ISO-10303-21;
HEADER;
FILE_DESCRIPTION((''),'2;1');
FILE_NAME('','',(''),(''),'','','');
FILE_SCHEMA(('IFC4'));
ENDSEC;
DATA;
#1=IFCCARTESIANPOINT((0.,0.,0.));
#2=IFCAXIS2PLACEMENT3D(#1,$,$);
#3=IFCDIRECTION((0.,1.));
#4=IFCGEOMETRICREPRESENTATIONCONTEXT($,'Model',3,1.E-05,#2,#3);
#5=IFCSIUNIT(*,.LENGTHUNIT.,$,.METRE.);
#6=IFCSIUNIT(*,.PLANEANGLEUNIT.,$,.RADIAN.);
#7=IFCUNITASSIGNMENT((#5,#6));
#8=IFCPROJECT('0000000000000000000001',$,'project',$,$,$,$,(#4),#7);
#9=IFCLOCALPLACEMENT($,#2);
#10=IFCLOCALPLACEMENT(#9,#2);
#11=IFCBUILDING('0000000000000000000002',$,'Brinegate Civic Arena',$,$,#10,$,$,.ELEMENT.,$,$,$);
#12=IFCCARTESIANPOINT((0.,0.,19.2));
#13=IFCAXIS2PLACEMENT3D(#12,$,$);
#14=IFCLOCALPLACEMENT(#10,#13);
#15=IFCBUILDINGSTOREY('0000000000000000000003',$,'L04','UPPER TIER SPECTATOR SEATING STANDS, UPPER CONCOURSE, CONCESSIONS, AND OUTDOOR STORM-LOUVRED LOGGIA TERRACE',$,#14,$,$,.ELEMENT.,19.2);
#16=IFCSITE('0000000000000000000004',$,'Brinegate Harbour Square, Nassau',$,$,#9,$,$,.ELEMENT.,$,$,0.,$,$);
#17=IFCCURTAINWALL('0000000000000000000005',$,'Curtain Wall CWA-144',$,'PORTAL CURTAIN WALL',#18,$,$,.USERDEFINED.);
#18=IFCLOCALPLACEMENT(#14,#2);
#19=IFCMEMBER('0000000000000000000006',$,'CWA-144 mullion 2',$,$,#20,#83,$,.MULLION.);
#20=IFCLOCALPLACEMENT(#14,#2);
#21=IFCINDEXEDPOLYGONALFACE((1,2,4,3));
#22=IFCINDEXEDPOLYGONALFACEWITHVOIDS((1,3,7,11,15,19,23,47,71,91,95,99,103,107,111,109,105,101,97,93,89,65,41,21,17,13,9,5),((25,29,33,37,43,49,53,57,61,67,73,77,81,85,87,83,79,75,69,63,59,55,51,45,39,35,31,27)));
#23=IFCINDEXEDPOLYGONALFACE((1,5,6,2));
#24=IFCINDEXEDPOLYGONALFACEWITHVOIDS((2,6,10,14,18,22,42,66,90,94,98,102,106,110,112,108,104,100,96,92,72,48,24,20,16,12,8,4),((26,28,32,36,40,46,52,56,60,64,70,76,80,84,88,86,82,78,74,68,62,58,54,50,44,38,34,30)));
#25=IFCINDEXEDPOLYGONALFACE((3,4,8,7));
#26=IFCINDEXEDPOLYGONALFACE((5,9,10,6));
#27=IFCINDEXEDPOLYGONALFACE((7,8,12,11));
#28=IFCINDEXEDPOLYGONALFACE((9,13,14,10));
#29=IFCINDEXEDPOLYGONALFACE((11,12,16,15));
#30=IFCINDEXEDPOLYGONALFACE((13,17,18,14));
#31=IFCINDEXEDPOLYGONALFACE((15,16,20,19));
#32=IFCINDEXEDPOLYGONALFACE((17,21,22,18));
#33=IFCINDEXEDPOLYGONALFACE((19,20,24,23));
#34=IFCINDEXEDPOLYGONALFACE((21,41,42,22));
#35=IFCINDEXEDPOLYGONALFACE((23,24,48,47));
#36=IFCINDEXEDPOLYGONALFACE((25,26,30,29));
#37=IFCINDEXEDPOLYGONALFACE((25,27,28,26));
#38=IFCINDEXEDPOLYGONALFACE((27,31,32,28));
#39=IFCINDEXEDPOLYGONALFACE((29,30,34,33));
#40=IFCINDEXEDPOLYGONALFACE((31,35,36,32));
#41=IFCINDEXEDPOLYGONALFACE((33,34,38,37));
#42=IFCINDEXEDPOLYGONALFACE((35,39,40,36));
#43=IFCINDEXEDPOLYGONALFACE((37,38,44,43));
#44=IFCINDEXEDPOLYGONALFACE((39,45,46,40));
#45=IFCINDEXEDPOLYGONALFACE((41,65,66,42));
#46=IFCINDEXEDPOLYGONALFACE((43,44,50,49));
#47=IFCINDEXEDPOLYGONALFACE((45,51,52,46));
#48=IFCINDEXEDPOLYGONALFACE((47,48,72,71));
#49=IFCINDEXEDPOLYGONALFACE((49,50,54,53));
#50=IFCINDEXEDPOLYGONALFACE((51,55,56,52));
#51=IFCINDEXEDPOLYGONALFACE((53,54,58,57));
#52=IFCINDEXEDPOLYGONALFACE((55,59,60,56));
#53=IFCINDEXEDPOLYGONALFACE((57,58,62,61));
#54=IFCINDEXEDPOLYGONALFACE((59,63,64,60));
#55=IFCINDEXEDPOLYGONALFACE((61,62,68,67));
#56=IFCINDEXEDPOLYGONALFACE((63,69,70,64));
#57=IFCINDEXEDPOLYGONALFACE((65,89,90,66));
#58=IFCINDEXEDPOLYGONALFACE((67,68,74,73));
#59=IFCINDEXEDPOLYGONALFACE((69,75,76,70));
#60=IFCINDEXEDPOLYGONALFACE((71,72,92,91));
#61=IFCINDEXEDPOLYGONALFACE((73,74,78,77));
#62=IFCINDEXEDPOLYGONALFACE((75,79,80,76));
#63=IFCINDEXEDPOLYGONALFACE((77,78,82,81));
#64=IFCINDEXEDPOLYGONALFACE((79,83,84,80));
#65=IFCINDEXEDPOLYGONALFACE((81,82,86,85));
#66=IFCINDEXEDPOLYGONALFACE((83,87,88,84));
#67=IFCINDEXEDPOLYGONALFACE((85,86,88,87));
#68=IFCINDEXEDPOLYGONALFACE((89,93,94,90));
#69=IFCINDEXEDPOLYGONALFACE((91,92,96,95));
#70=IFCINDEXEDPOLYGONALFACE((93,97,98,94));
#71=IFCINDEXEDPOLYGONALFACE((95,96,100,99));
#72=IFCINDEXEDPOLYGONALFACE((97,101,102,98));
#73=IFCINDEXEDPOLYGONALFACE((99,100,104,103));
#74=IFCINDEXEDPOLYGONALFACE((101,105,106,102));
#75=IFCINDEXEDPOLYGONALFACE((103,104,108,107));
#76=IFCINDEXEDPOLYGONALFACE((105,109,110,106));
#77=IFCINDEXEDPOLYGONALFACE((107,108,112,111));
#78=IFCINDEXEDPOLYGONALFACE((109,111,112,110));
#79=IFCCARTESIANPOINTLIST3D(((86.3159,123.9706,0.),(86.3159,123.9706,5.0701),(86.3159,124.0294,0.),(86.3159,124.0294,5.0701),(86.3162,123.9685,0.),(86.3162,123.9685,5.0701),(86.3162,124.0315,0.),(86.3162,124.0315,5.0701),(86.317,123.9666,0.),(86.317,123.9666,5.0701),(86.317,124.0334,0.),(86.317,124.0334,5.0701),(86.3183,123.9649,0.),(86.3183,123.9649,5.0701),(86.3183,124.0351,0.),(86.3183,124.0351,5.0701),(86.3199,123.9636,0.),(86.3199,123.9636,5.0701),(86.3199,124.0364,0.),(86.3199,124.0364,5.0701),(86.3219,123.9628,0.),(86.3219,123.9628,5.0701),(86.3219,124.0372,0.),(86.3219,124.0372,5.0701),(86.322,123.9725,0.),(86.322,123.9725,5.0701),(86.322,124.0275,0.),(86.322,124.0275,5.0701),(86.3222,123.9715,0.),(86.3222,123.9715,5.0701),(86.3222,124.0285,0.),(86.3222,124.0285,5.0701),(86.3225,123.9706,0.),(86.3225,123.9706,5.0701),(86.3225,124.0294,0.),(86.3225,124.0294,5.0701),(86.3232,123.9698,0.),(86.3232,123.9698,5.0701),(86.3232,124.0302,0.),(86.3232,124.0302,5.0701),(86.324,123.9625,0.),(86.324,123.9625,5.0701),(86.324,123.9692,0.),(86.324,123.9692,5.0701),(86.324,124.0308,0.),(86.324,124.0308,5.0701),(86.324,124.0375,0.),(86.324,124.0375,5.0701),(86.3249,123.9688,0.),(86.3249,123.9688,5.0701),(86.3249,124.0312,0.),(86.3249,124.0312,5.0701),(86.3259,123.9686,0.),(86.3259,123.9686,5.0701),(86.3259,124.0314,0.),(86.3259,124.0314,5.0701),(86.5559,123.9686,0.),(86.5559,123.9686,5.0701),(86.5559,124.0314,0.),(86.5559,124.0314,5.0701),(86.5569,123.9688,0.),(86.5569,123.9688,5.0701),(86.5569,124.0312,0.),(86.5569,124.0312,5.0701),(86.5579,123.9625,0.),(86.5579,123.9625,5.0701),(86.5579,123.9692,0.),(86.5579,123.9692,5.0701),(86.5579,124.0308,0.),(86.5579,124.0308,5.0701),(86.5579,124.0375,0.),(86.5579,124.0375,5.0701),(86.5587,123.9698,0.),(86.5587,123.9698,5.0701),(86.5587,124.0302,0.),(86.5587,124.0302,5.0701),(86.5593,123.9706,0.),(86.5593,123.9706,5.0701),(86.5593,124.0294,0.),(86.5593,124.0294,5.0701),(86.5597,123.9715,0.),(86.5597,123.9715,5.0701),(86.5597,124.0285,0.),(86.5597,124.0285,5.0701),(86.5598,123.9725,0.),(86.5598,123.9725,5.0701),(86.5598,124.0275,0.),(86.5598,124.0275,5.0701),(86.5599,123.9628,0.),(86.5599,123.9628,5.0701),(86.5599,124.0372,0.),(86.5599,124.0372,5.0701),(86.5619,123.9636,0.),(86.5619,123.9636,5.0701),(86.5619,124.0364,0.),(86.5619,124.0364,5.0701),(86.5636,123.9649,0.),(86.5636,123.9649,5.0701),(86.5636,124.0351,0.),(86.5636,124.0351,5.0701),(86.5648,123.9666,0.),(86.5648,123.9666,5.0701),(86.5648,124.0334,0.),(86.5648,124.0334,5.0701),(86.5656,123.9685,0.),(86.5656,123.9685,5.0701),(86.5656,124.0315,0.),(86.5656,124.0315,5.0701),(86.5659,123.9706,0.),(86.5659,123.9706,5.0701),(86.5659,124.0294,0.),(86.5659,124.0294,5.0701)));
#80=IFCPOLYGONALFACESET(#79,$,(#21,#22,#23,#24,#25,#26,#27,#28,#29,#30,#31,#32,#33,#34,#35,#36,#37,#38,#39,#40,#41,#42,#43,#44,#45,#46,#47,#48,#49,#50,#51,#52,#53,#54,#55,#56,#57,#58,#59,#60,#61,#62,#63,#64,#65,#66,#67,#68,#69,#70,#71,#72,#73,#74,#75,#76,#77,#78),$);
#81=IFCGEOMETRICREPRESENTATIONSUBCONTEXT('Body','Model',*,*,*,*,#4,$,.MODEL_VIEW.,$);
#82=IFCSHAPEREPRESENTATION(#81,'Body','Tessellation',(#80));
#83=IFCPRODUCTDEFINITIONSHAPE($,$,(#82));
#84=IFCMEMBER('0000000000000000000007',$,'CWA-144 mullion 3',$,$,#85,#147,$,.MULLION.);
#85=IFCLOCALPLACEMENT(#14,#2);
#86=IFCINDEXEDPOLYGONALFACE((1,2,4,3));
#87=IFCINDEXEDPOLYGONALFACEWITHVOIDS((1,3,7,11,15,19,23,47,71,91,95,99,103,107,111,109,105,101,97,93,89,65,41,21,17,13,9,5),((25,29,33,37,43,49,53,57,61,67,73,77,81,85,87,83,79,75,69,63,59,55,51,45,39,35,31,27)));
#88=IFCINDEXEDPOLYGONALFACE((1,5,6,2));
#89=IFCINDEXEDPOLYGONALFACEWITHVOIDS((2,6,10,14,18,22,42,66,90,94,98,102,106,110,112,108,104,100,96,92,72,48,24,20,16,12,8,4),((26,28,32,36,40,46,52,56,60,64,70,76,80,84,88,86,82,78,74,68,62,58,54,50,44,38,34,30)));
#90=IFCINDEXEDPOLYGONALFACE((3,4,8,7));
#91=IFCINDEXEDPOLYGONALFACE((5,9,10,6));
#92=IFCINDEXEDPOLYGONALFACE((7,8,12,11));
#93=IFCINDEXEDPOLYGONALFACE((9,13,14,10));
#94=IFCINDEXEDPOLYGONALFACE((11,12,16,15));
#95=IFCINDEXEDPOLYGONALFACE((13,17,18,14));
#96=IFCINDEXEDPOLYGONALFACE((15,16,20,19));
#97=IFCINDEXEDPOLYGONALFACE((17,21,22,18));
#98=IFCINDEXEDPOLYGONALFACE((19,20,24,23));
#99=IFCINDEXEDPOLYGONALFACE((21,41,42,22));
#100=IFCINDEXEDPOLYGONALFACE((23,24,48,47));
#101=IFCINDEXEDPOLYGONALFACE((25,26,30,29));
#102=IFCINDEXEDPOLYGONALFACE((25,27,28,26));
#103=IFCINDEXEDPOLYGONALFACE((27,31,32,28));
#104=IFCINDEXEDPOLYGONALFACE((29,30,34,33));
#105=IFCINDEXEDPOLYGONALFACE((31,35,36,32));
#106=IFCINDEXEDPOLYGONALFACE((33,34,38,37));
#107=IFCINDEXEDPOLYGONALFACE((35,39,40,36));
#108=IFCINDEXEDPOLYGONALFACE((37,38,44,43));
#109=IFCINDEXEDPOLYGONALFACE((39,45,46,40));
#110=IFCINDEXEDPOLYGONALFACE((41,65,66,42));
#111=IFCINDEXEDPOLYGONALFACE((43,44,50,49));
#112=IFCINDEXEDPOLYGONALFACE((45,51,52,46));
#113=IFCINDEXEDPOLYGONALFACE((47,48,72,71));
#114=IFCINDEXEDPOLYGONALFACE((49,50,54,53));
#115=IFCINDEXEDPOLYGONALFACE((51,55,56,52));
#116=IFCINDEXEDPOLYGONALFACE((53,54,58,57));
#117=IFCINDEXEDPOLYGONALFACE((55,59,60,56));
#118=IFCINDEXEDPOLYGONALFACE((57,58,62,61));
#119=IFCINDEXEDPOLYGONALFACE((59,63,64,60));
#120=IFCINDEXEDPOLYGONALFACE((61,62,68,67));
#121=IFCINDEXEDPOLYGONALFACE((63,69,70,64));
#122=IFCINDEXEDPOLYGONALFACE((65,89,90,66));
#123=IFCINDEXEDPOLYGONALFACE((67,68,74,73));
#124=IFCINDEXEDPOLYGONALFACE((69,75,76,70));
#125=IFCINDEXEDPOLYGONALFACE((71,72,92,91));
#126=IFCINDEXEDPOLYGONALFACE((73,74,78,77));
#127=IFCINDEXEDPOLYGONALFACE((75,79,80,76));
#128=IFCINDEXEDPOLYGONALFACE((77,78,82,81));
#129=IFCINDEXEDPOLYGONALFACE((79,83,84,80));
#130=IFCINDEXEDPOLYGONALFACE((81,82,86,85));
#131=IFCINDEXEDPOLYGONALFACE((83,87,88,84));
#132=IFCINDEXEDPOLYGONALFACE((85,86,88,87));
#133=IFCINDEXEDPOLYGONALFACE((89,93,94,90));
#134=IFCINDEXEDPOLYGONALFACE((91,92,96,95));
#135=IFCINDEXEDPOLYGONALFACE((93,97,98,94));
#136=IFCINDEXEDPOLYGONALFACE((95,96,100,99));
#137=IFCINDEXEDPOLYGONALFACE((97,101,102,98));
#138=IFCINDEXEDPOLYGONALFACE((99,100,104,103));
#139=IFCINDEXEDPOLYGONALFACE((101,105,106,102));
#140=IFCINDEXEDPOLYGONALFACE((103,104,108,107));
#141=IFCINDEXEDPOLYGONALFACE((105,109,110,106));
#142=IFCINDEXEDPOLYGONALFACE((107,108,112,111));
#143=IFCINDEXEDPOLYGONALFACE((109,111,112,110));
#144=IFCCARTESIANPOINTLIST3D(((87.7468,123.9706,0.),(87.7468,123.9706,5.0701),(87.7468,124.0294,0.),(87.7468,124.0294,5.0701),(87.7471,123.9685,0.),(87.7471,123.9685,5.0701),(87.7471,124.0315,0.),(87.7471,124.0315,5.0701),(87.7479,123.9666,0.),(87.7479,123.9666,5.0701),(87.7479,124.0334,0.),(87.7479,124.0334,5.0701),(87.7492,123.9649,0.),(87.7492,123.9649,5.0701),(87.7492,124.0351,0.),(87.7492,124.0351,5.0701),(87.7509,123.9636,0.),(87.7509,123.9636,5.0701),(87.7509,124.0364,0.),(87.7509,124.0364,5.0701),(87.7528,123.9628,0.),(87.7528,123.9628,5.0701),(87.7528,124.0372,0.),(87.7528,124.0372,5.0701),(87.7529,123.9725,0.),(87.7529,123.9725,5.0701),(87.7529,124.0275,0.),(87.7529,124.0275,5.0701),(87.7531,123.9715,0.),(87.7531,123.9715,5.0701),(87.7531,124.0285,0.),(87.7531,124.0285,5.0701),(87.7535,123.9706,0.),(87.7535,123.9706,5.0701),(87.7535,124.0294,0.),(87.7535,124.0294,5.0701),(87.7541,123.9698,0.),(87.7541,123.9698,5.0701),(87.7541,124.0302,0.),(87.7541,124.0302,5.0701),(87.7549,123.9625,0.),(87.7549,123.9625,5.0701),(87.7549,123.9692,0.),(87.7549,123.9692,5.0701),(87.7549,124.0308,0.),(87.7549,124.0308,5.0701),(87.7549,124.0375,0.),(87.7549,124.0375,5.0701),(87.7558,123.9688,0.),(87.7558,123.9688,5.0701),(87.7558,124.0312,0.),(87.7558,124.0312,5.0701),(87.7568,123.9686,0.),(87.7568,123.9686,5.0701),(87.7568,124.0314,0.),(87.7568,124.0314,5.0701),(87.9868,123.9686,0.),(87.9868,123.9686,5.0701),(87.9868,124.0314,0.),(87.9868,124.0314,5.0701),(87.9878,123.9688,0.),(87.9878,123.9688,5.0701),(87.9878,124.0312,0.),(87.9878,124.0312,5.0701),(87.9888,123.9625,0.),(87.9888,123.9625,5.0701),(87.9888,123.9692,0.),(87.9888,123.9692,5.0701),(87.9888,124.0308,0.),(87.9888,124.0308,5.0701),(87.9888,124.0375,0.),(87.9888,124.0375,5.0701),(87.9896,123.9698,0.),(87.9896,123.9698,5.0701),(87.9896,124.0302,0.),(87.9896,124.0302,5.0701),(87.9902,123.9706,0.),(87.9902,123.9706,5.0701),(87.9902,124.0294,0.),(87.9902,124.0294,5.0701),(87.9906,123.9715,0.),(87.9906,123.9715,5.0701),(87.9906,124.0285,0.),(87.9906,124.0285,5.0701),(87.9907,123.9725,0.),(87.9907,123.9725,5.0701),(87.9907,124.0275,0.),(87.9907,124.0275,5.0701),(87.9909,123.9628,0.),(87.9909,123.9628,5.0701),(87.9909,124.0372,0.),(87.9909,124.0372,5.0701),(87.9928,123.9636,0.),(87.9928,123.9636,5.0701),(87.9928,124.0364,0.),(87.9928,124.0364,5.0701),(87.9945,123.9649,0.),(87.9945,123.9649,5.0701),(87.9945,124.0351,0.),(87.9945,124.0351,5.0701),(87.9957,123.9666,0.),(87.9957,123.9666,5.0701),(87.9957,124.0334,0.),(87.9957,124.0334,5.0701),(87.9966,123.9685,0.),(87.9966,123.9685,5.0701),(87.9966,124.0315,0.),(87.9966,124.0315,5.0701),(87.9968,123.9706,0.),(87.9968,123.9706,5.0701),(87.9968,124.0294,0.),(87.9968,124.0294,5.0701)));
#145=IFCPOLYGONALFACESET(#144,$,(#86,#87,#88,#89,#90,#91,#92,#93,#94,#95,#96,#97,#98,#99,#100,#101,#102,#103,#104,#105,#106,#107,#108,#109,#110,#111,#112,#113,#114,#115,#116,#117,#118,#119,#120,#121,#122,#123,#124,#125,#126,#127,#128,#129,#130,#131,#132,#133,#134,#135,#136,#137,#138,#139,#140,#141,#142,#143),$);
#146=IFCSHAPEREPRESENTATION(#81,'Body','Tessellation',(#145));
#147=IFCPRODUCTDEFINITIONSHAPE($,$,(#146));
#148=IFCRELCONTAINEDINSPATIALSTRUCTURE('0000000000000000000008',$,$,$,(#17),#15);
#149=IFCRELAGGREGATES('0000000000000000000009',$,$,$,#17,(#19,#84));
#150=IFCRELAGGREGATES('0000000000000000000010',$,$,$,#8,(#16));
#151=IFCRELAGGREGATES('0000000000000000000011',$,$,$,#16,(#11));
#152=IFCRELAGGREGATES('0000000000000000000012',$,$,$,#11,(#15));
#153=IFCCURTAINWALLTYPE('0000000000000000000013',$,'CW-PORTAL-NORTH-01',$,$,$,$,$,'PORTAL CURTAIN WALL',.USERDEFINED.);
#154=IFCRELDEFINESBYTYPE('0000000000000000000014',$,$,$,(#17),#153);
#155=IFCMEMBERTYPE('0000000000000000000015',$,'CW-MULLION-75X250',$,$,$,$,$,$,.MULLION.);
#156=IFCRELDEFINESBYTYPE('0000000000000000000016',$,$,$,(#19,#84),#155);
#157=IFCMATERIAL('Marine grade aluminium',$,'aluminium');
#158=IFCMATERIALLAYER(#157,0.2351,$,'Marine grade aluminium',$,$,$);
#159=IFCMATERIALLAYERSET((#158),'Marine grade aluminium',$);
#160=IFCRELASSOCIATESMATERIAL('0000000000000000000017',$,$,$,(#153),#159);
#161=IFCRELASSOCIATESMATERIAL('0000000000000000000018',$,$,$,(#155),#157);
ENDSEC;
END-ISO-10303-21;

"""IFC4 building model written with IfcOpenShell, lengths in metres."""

from ifc_helpers import new_model, si_unit, direction, frame, origin, origin_2d, place, context, subcontext, project, spatial, hollow_rectangle, extrude, material, layer, layer_set, material_profile, profile_set, type_object, element, aggregate, save


model = new_model("IFC4")

# Units and contexts
model_context = context("Model", 3, precision=1e-05, world=origin(), true_north=direction((0.0, 1.0)))
body_context = subcontext(model_context, "Body", "Model", "MODEL_VIEW")
ifc_project = project(units=[si_unit("LENGTHUNIT", "METRE"), si_unit("PLANEANGLEUNIT", "RADIAN")], contexts=[model_context])

# Site, building, storey
site_placement = place(None, origin())
site = spatial("IfcSite", under=ifc_project, at=site_placement, Name="Brinegate Harbour Square, Nassau", CompositionType="ELEMENT", RefElevation=0.0)
building_placement = place(site_placement, origin())
building = spatial("IfcBuilding", under=site, at=building_placement, Name="Brinegate Civic Arena", CompositionType="ELEMENT")
storey_placement = place(building_placement, frame((0.0, 0.0, 19.2)))
storey = spatial("IfcBuildingStorey", under=building, at=storey_placement, Name="L04", Description="UPPER TIER SPECTATOR SEATING STANDS, UPPER CONCOURSE, CONCESSIONS, AND OUTDOOR STORM-LOUVRED LOGGIA TERRACE", CompositionType="ELEMENT", Elevation=19.2)

# Curtain wall, members
ifc_material_1 = material(Name="Marine grade aluminium", Category="aluminium")
ifc_layer_1 = layer(ifc_material_1, 0.2351, Name="Marine grade aluminium")
ifc_layer_set_1 = layer_set([ifc_layer_1], Name="Marine grade aluminium")
curtain_wall_type = type_object("IfcCurtainWallType", Name="CW-PORTAL-NORTH-01", ElementType="PORTAL CURTAIN WALL", PredefinedType="USERDEFINED", material=ifc_layer_set_1)
curtain_wall_placement = place(storey_placement, origin())
curtain_wall = element("IfcCurtainWall", 1, at=curtain_wall_placement, inside=storey, type_object=curtain_wall_type, Name="Curtain Wall CWA-144", ObjectType="PORTAL CURTAIN WALL", PredefinedType="USERDEFINED")
ifc_material_profile_1 = material_profile(ifc_material_1, hollow_rectangle(XDim=0.075, YDim=0.25, WallThickness=0.0061, InnerFilletRadius=0.0039, OuterFilletRadius=0.0081, at=origin_2d()), Name="MUL75X250")
ifc_profile_set_1 = profile_set([ifc_material_profile_1], Name="Marine grade aluminium")
member_type_1 = type_object("IfcMemberType", Name="CW-MULLION-75X250", PredefinedType="MULLION", material=ifc_profile_set_1)
member_1_placement = place(storey_placement, frame((86.4409, 124.0, 0.0), z_axis=(0.0, 0.0, 1.0), x_axis=(0.0, 1.0, 0.0)))
member_1 = element("IfcMember", 2, at=member_1_placement, type_object=member_type_1, Name="CWA-144 mullion 2", PredefinedType="MULLION", context=body_context, shape_type="SweptSolid", body=[
    extrude(hollow_rectangle(XDim=0.075, YDim=0.25, WallThickness=0.0061, InnerFilletRadius=0.0039, OuterFilletRadius=0.0081, at=origin_2d()), origin(), (0.0, 0.0, 1.0), 5.0701),
])
member_2_placement = place(storey_placement, frame((87.8718, 124.0, 0.0), z_axis=(0.0, 0.0, 1.0), x_axis=(0.0, 1.0, 0.0)))
member_2 = element("IfcMember", 3, at=member_2_placement, type_object=member_type_1, Name="CWA-144 mullion 3", PredefinedType="MULLION", context=body_context, shape_type="SweptSolid", body=[
    extrude(hollow_rectangle(XDim=0.075, YDim=0.25, WallThickness=0.0061, InnerFilletRadius=0.0039, OuterFilletRadius=0.0081, at=origin_2d()), origin(), (0.0, 0.0, 1.0), 5.0701),
])
aggregate(curtain_wall, [member_1, member_2])

save(model, "model.ifc")
